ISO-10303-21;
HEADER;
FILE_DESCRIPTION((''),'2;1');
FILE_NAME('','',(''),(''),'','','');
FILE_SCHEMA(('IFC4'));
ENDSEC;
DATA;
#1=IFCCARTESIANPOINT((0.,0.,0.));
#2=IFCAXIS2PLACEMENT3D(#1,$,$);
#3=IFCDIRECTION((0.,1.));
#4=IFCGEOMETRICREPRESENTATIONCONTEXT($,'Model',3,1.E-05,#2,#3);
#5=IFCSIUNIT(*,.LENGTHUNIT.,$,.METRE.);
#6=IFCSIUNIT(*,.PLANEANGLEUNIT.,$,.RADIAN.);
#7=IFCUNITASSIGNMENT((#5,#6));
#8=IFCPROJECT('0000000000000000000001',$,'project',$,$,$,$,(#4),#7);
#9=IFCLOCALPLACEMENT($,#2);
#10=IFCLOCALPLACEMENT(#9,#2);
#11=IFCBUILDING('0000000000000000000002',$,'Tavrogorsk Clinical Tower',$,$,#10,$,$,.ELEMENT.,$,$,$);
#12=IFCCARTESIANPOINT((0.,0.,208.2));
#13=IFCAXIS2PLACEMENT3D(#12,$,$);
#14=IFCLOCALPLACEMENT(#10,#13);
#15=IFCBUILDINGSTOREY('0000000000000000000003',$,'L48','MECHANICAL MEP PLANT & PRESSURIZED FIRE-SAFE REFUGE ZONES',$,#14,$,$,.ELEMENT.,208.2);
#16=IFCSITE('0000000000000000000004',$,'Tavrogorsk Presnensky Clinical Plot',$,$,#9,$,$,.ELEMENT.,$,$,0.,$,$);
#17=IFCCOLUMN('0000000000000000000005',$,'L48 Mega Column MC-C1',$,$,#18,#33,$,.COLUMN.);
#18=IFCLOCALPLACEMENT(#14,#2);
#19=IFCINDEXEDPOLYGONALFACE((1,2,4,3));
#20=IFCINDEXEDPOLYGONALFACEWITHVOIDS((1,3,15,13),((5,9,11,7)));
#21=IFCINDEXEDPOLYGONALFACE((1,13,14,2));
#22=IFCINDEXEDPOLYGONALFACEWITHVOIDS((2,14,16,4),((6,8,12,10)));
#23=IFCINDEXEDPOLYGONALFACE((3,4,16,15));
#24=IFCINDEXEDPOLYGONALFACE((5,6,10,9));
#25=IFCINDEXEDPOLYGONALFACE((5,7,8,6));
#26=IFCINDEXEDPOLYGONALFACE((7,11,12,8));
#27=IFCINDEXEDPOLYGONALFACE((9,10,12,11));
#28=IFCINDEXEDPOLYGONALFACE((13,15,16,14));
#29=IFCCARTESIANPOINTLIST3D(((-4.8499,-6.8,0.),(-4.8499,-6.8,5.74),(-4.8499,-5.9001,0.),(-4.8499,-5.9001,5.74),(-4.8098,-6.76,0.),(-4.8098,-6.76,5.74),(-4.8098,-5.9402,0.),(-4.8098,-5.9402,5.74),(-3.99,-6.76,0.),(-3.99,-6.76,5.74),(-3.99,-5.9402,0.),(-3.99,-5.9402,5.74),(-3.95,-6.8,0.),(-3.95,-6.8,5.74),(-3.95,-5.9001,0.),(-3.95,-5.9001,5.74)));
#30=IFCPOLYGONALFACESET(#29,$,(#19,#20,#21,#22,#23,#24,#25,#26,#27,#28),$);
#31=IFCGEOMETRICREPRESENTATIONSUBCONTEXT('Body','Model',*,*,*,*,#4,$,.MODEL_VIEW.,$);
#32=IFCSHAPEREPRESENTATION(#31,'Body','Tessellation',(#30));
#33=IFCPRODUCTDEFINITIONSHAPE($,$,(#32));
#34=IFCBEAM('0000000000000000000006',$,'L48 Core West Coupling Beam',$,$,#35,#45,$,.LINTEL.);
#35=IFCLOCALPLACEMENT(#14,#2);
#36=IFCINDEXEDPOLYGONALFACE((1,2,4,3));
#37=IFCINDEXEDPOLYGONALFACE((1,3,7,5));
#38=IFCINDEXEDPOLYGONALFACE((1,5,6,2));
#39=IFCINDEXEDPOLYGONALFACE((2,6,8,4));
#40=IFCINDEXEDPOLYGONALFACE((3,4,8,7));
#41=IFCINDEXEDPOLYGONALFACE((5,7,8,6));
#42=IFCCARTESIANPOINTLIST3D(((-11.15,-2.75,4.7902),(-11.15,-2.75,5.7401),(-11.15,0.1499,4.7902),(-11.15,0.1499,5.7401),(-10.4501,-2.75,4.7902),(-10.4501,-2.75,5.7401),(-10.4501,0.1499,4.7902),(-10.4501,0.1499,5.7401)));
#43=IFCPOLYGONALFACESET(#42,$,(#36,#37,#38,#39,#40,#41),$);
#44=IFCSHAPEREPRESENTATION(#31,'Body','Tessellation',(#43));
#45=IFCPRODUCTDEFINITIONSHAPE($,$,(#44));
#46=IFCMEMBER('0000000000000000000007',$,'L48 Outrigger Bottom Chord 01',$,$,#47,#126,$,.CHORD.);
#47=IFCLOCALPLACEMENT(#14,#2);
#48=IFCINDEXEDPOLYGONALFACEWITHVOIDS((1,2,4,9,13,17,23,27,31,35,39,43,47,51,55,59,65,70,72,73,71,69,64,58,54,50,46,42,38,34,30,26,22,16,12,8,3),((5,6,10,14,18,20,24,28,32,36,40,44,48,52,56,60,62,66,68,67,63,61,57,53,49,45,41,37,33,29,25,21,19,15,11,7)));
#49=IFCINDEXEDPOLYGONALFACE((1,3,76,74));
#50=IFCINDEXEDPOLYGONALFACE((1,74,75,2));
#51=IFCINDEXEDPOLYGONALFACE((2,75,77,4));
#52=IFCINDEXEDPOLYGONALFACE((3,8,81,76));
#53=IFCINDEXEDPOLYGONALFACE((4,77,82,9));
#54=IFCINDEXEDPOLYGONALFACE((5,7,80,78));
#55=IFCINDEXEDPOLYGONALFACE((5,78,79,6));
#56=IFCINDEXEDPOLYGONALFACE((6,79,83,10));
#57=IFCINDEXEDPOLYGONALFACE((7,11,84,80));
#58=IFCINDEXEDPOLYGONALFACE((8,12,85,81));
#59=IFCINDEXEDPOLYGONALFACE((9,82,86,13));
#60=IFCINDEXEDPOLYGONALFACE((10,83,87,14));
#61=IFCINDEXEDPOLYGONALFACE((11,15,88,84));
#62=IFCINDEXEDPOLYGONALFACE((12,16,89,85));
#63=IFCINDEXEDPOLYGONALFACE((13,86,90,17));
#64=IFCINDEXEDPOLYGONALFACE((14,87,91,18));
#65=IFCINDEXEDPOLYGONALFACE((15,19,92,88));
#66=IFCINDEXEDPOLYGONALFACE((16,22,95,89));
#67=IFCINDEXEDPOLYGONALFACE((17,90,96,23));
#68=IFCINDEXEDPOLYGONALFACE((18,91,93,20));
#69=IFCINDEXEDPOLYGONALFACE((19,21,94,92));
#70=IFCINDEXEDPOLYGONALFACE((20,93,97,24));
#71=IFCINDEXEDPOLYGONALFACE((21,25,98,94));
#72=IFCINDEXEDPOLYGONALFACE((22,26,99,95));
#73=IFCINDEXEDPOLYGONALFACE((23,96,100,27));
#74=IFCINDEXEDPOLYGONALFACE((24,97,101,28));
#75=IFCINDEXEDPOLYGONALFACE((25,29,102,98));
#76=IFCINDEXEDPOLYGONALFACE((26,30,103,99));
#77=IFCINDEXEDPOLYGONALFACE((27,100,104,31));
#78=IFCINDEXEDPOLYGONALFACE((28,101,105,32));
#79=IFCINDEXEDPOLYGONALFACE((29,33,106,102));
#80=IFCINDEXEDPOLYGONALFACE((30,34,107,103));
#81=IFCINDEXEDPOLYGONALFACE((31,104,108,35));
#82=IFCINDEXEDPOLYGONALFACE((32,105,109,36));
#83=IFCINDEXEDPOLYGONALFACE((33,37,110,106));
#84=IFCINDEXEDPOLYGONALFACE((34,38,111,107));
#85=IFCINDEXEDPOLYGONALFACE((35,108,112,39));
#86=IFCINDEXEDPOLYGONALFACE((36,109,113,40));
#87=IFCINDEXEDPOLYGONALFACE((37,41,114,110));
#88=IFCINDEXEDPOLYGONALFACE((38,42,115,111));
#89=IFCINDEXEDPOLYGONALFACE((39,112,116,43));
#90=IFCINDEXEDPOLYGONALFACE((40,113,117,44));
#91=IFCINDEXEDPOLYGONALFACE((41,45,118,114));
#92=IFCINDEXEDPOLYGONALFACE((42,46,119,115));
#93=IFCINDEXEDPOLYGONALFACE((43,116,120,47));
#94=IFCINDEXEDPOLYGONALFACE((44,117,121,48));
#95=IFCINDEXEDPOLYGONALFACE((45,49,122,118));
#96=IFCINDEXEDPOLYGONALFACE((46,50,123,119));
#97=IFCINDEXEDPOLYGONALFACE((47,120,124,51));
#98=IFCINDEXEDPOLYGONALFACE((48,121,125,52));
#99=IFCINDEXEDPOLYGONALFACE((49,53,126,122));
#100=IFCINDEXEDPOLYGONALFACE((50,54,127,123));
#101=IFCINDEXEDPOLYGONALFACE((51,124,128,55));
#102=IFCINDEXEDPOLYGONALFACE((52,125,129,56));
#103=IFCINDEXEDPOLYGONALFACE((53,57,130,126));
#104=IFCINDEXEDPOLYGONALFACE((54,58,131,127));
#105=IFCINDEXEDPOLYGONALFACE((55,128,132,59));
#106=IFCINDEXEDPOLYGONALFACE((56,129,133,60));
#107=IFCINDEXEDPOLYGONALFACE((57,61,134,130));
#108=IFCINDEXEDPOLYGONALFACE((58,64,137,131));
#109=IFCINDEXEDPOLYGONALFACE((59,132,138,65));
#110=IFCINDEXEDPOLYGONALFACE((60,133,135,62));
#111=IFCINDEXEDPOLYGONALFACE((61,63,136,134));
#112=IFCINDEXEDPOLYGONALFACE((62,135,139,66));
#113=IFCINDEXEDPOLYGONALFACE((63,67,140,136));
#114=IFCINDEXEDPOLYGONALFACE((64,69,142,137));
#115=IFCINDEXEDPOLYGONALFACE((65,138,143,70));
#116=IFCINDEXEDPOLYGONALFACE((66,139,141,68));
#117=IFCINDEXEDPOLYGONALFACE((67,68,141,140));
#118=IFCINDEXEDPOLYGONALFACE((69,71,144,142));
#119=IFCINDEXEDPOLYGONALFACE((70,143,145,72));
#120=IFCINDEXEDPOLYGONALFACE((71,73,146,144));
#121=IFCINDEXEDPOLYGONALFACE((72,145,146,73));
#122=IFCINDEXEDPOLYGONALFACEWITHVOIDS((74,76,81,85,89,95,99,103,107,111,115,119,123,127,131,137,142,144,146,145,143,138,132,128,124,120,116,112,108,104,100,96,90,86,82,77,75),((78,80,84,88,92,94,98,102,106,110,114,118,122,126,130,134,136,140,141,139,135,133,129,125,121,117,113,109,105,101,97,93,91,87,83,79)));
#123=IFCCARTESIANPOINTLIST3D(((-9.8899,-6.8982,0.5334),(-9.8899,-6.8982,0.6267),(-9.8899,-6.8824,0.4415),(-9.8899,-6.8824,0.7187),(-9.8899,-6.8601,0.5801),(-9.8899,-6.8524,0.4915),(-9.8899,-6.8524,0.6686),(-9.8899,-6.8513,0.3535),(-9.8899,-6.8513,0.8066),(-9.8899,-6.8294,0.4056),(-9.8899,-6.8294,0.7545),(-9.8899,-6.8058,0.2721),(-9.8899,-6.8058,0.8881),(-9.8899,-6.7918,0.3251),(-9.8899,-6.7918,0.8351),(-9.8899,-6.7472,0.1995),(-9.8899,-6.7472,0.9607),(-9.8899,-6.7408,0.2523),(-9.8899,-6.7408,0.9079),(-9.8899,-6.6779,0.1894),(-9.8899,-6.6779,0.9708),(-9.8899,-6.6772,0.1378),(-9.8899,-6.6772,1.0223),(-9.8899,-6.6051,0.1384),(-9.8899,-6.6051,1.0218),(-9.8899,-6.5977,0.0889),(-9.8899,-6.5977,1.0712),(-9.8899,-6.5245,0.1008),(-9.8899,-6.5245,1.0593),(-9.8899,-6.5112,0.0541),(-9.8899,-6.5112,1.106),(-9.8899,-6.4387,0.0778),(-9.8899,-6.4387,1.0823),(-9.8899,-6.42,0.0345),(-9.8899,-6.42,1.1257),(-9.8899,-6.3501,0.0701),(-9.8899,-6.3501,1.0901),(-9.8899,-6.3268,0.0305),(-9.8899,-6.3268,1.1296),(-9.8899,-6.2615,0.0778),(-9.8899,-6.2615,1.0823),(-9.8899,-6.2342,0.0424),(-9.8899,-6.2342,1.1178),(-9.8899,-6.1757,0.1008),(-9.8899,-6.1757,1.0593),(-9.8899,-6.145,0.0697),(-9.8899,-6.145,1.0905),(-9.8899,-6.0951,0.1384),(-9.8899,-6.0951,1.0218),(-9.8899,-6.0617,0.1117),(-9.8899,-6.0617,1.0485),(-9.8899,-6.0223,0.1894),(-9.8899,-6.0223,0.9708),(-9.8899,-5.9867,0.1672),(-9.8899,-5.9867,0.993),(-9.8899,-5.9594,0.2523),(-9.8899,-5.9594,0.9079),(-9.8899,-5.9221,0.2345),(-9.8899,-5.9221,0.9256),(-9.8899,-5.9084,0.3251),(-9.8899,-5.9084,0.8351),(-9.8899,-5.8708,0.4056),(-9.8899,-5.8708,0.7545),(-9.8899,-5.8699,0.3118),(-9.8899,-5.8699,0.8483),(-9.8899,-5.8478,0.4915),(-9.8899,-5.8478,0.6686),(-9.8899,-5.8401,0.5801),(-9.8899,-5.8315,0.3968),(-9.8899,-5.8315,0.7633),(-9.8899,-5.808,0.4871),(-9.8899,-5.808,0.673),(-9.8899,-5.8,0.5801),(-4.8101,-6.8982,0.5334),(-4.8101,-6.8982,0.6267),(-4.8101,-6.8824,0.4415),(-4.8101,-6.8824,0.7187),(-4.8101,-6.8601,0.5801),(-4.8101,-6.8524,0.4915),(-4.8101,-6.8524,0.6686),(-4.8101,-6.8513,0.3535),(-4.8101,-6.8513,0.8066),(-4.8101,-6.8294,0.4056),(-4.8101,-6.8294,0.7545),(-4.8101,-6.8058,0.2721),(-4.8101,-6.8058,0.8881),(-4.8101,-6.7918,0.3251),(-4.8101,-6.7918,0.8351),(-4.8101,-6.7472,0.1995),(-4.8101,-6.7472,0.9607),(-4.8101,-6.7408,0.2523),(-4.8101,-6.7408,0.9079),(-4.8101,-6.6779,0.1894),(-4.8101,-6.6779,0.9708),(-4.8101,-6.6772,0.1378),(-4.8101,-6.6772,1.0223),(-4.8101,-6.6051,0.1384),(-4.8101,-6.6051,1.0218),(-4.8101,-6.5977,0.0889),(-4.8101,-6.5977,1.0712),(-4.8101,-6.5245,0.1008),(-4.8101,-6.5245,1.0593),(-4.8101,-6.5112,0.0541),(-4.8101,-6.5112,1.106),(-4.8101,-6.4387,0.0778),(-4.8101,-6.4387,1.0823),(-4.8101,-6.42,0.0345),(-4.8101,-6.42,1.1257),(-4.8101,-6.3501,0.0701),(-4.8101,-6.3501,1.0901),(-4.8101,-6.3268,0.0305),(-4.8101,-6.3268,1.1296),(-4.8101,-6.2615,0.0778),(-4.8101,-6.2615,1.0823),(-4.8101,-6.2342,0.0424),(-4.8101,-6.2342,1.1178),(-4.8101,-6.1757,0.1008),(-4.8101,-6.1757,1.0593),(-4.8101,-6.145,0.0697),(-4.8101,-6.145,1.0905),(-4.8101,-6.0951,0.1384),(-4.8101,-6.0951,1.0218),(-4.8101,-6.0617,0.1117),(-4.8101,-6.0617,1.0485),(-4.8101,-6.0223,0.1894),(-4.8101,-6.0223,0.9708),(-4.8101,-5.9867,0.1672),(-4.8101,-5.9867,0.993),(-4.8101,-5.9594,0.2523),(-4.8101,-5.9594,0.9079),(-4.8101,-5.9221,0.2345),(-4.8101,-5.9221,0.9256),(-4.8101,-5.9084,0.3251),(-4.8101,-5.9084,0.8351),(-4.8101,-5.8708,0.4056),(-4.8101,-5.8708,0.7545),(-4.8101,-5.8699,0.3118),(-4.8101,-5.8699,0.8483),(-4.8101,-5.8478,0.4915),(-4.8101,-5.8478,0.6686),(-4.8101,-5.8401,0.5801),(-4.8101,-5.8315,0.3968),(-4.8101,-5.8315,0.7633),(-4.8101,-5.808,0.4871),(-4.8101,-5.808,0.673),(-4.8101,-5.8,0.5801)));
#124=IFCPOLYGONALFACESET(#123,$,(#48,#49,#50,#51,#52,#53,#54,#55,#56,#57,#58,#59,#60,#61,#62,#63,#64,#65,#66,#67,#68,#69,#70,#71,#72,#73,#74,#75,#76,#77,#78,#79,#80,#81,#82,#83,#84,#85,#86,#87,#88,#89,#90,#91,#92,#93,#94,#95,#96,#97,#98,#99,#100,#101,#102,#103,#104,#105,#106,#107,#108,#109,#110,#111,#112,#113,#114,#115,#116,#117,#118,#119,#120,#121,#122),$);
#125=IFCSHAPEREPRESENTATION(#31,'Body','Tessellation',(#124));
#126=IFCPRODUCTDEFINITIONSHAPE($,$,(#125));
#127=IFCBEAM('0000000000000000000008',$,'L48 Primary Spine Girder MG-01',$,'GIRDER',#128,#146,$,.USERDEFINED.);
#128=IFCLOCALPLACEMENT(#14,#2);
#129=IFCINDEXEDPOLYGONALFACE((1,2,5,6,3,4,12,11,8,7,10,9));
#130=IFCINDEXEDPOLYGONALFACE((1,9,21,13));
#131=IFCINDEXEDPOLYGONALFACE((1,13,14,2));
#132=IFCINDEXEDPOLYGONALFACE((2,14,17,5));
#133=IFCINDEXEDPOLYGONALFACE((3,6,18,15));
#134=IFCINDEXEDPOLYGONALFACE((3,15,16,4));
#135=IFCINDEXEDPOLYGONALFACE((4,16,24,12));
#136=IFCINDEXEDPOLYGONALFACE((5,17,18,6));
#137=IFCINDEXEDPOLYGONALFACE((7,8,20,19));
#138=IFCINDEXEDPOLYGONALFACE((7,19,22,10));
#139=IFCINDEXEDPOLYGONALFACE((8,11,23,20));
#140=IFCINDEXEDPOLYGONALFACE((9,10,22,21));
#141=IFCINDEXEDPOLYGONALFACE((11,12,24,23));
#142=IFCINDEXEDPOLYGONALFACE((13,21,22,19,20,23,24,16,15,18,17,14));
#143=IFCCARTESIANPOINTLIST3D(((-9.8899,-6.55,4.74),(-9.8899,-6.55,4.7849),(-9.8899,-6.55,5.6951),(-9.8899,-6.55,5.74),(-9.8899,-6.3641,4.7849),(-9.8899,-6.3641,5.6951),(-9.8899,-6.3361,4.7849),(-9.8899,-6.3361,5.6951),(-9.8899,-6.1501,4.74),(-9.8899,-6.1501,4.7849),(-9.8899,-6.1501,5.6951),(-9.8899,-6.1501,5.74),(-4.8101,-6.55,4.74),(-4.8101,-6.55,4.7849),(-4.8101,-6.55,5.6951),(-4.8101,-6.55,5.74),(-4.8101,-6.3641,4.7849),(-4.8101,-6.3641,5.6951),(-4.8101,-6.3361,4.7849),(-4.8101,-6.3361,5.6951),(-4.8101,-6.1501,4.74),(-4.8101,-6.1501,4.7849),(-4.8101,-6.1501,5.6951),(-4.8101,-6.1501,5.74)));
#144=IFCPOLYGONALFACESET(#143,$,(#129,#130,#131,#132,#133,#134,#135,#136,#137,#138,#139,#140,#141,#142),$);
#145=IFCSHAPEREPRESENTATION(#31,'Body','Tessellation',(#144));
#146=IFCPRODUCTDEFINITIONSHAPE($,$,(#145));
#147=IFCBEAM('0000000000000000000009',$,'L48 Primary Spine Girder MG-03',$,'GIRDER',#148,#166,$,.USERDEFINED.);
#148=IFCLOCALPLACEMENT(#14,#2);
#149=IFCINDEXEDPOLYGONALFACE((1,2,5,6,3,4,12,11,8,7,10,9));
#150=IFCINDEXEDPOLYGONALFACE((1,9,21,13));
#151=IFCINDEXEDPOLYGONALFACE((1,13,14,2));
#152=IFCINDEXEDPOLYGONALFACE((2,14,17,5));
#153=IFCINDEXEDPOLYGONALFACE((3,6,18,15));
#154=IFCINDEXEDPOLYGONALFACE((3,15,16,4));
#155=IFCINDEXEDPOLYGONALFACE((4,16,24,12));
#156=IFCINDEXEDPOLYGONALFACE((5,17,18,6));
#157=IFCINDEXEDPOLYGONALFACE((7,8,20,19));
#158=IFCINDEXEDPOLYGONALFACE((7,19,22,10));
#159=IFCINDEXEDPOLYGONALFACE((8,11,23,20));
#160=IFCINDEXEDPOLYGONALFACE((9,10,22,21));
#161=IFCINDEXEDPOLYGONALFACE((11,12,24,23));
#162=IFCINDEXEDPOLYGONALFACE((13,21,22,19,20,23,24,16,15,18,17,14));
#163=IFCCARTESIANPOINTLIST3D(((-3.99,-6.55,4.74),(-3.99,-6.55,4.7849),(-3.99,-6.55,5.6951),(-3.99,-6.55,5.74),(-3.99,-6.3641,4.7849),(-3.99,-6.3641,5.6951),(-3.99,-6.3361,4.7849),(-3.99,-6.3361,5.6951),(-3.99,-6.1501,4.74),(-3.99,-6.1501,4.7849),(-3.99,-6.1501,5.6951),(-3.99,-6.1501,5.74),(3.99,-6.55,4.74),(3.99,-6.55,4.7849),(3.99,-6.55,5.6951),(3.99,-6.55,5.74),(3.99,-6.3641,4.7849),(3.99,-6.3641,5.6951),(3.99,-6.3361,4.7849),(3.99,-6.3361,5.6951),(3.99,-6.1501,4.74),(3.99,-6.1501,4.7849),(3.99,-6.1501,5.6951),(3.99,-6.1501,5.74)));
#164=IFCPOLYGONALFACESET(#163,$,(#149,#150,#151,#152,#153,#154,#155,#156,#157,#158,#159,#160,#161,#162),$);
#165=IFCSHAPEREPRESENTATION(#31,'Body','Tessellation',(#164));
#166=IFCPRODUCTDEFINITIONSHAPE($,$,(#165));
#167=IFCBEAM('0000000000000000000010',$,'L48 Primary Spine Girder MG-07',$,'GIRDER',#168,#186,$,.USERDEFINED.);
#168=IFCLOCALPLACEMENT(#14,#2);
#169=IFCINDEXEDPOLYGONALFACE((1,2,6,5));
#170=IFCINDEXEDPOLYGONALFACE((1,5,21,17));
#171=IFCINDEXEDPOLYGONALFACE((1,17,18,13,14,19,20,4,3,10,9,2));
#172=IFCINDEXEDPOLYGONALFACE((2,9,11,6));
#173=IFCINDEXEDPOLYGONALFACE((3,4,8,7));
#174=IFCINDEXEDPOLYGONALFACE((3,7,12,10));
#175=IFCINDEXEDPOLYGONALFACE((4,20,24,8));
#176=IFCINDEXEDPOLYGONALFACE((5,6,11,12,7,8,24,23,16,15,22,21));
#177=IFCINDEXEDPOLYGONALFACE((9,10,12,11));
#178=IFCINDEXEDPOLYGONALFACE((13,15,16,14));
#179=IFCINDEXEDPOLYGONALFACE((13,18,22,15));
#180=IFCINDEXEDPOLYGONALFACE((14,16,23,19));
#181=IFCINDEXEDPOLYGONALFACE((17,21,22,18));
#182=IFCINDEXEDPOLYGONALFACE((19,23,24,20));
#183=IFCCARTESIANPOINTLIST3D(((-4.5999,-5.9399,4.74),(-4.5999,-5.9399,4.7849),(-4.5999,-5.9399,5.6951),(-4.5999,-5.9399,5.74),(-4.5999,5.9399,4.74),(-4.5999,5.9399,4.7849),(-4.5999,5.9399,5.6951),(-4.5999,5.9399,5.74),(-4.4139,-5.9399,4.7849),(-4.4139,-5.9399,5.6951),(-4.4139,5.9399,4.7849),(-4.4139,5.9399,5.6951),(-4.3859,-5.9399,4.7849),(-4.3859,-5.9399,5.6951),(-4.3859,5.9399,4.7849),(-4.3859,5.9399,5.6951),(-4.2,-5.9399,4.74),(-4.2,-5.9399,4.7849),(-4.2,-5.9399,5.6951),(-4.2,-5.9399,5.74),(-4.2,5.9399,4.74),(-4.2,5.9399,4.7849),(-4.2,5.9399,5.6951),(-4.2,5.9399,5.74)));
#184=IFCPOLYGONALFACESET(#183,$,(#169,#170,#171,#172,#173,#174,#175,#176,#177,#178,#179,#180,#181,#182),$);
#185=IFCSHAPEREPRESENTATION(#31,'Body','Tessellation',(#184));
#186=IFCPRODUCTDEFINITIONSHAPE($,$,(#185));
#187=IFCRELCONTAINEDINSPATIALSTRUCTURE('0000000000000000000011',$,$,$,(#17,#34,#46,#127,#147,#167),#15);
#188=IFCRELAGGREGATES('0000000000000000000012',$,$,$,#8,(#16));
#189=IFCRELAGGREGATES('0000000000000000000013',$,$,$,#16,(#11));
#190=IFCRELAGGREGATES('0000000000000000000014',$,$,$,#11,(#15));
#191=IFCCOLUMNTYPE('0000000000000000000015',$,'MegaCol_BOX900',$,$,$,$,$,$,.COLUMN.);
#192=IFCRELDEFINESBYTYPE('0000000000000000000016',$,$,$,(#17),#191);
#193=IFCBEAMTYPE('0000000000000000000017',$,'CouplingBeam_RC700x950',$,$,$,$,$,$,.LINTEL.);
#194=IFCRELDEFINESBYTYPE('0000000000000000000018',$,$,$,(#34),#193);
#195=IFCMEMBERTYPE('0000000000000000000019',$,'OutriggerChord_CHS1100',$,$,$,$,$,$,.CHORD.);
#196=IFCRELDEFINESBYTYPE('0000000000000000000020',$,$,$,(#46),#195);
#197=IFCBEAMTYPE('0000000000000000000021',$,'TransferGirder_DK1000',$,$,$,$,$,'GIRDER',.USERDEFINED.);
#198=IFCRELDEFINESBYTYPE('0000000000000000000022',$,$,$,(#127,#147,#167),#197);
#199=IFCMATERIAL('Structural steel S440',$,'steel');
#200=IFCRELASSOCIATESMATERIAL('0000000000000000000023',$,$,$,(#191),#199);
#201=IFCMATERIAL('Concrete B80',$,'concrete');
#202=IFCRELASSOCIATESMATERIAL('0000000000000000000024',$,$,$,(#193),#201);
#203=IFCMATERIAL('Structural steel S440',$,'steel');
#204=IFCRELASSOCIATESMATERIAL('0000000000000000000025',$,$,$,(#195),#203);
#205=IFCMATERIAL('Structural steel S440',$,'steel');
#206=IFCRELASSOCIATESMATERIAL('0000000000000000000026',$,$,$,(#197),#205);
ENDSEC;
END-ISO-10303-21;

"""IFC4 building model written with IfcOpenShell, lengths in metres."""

from ifc_helpers import new_model, si_unit, direction, frame, origin, origin_2d, place, context, subcontext, project, spatial, rectangle, hollow_rectangle, hollow_circle, i_section, extrude, material, material_profile, profile_set, type_object, element, save


model = new_model("IFC4")

# Units and contexts
model_context = context("Model", 3, precision=1e-05, world=origin(), true_north=direction((0.0, 1.0)))
body_context = subcontext(model_context, "Body", "Model", "MODEL_VIEW")
ifc_project = project(units=[si_unit("LENGTHUNIT", "METRE"), si_unit("PLANEANGLEUNIT", "RADIAN")], contexts=[model_context])

# Site, building, storey
site_placement = place(None, origin())
site = spatial("IfcSite", under=ifc_project, at=site_placement, Name="Tavrogorsk Presnensky Clinical Plot", CompositionType="ELEMENT", RefElevation=0.0)
building_placement = place(site_placement, origin())
building = spatial("IfcBuilding", under=site, at=building_placement, Name="Tavrogorsk Clinical Tower", CompositionType="ELEMENT")
storey_placement = place(building_placement, frame((0.0, 0.0, 208.2)))
storey = spatial("IfcBuildingStorey", under=building, at=storey_placement, Name="L48", Description="MECHANICAL MEP PLANT & PRESSURIZED FIRE-SAFE REFUGE ZONES", CompositionType="ELEMENT", Elevation=208.2)

# Column
ifc_material_1 = material(Name="Structural steel S440", Category="steel")
ifc_material_profile_1 = material_profile(ifc_material_1, hollow_rectangle(XDim=0.8999, YDim=0.8999, WallThickness=0.04, at=origin_2d()), Name="BOX-900x900x40")
ifc_profile_set_1 = profile_set([ifc_material_profile_1], Name="Structural steel S440")
column_type = type_object("IfcColumnType", Name="MegaCol_BOX900", PredefinedType="COLUMN", material=ifc_profile_set_1)
column_placement = place(storey_placement, frame((-4.3999, -6.3501, 0.0), z_axis=(0.0, 0.0, 1.0), x_axis=(1.0, 0.0, 0.0)))
element("IfcColumn", 1, at=column_placement, inside=storey, type_object=column_type, Name="L48 Mega Column MC-C1", PredefinedType="COLUMN", context=body_context, shape_type="SweptSolid", body=[
    extrude(hollow_rectangle(XDim=0.8999, YDim=0.8999, WallThickness=0.04, at=origin_2d()), origin(), (0.0, 0.0, 1.0), 5.74),
])

# Beam
ifc_material_2 = material(Name="Concrete B80", Category="concrete")
ifc_material_profile_2 = material_profile(ifc_material_2, rectangle(XDim=0.7, YDim=0.95, at=origin_2d()), Name="RC-CB-700x950")
ifc_profile_set_2 = profile_set([ifc_material_profile_2], Name="Concrete B80")
beam_type_1 = type_object("IfcBeamType", Name="CouplingBeam_RC700x950", PredefinedType="LINTEL", material=ifc_profile_set_2)
beam_1_placement = place(storey_placement, frame((-10.8, -2.75, 5.2651), z_axis=(0.0, 1.0, 0.0), x_axis=(-1.0, 0.0, 0.0)))
element("IfcBeam", 2, at=beam_1_placement, inside=storey, type_object=beam_type_1, Name="L48 Core West Coupling Beam", PredefinedType="LINTEL", context=body_context, shape_type="SweptSolid", body=[
    extrude(rectangle(XDim=0.7, YDim=0.95, at=origin_2d()), origin(), (0.0, 0.0, 1.0), 2.8999),
])

# Member
ifc_material_3 = material(Name="Structural steel S440", Category="steel")
ifc_material_profile_3 = material_profile(ifc_material_3, hollow_circle(Radius=0.55, WallThickness=0.04, at=origin_2d()), Name="CHS-1100x40")
ifc_profile_set_3 = profile_set([ifc_material_profile_3], Name="Structural steel S440")
member_type = type_object("IfcMemberType", Name="OutriggerChord_CHS1100", PredefinedType="CHORD", material=ifc_profile_set_3)
member_placement = place(storey_placement, frame((-9.8899, -6.3501, 0.5801), z_axis=(1.0, 0.0, 0.0), x_axis=(0.0, 1.0, 0.0)))
element("IfcMember", 3, at=member_placement, inside=storey, type_object=member_type, Name="L48 Outrigger Bottom Chord 01", PredefinedType="CHORD", context=body_context, shape_type="SweptSolid", body=[
    extrude(hollow_circle(Radius=0.55, WallThickness=0.04, at=origin_2d()), origin(), (0.0, 0.0, 1.0), 5.0798),
])

# Beams
ifc_material_4 = material(Name="Structural steel S440", Category="steel")
ifc_material_profile_4 = material_profile(ifc_material_4, i_section(OverallWidth=0.3999, OverallDepth=1.0, WebThickness=0.0281, FlangeThickness=0.0449, at=origin_2d()), Name="DK-1000x400x28x45")
ifc_profile_set_4 = profile_set([ifc_material_profile_4], Name="Structural steel S440")
beam_type_2 = type_object("IfcBeamType", Name="TransferGirder_DK1000", ElementType="GIRDER", PredefinedType="USERDEFINED", material=ifc_profile_set_4)
beam_2_placement = place(storey_placement, frame((-9.8899, -6.3501, 5.24), z_axis=(1.0, 0.0, 0.0), x_axis=(0.0, 1.0, 0.0)))
element("IfcBeam", 4, at=beam_2_placement, inside=storey, type_object=beam_type_2, Name="L48 Primary Spine Girder MG-01", ObjectType="GIRDER", PredefinedType="USERDEFINED", context=body_context, shape_type="SweptSolid", body=[
    extrude(i_section(OverallWidth=0.3999, OverallDepth=1.0, WebThickness=0.0281, FlangeThickness=0.0449, at=origin_2d()), origin(), (0.0, 0.0, 1.0), 5.0798),
])
beam_3_placement = place(storey_placement, frame((-3.99, -6.3501, 5.24), z_axis=(1.0, 0.0, 0.0), x_axis=(0.0, 1.0, 0.0)))
element("IfcBeam", 5, at=beam_3_placement, inside=storey, type_object=beam_type_2, Name="L48 Primary Spine Girder MG-03", ObjectType="GIRDER", PredefinedType="USERDEFINED", context=body_context, shape_type="SweptSolid", body=[
    extrude(i_section(OverallWidth=0.3999, OverallDepth=1.0, WebThickness=0.0281, FlangeThickness=0.0449, at=origin_2d()), origin(), (0.0, 0.0, 1.0), 7.98),
])
beam_4_placement = place(storey_placement, frame((-4.3999, -5.9399, 5.24), z_axis=(0.0, 1.0, 0.0), x_axis=(-1.0, 0.0, 0.0)))
element("IfcBeam", 6, at=beam_4_placement, inside=storey, type_object=beam_type_2, Name="L48 Primary Spine Girder MG-07", ObjectType="GIRDER", PredefinedType="USERDEFINED", context=body_context, shape_type="SweptSolid", body=[
    extrude(i_section(OverallWidth=0.3999, OverallDepth=1.0, WebThickness=0.0281, FlangeThickness=0.0449, at=origin_2d()), origin(), (0.0, 0.0, 1.0), 11.8799),
])

save(model, "model.ifc")
